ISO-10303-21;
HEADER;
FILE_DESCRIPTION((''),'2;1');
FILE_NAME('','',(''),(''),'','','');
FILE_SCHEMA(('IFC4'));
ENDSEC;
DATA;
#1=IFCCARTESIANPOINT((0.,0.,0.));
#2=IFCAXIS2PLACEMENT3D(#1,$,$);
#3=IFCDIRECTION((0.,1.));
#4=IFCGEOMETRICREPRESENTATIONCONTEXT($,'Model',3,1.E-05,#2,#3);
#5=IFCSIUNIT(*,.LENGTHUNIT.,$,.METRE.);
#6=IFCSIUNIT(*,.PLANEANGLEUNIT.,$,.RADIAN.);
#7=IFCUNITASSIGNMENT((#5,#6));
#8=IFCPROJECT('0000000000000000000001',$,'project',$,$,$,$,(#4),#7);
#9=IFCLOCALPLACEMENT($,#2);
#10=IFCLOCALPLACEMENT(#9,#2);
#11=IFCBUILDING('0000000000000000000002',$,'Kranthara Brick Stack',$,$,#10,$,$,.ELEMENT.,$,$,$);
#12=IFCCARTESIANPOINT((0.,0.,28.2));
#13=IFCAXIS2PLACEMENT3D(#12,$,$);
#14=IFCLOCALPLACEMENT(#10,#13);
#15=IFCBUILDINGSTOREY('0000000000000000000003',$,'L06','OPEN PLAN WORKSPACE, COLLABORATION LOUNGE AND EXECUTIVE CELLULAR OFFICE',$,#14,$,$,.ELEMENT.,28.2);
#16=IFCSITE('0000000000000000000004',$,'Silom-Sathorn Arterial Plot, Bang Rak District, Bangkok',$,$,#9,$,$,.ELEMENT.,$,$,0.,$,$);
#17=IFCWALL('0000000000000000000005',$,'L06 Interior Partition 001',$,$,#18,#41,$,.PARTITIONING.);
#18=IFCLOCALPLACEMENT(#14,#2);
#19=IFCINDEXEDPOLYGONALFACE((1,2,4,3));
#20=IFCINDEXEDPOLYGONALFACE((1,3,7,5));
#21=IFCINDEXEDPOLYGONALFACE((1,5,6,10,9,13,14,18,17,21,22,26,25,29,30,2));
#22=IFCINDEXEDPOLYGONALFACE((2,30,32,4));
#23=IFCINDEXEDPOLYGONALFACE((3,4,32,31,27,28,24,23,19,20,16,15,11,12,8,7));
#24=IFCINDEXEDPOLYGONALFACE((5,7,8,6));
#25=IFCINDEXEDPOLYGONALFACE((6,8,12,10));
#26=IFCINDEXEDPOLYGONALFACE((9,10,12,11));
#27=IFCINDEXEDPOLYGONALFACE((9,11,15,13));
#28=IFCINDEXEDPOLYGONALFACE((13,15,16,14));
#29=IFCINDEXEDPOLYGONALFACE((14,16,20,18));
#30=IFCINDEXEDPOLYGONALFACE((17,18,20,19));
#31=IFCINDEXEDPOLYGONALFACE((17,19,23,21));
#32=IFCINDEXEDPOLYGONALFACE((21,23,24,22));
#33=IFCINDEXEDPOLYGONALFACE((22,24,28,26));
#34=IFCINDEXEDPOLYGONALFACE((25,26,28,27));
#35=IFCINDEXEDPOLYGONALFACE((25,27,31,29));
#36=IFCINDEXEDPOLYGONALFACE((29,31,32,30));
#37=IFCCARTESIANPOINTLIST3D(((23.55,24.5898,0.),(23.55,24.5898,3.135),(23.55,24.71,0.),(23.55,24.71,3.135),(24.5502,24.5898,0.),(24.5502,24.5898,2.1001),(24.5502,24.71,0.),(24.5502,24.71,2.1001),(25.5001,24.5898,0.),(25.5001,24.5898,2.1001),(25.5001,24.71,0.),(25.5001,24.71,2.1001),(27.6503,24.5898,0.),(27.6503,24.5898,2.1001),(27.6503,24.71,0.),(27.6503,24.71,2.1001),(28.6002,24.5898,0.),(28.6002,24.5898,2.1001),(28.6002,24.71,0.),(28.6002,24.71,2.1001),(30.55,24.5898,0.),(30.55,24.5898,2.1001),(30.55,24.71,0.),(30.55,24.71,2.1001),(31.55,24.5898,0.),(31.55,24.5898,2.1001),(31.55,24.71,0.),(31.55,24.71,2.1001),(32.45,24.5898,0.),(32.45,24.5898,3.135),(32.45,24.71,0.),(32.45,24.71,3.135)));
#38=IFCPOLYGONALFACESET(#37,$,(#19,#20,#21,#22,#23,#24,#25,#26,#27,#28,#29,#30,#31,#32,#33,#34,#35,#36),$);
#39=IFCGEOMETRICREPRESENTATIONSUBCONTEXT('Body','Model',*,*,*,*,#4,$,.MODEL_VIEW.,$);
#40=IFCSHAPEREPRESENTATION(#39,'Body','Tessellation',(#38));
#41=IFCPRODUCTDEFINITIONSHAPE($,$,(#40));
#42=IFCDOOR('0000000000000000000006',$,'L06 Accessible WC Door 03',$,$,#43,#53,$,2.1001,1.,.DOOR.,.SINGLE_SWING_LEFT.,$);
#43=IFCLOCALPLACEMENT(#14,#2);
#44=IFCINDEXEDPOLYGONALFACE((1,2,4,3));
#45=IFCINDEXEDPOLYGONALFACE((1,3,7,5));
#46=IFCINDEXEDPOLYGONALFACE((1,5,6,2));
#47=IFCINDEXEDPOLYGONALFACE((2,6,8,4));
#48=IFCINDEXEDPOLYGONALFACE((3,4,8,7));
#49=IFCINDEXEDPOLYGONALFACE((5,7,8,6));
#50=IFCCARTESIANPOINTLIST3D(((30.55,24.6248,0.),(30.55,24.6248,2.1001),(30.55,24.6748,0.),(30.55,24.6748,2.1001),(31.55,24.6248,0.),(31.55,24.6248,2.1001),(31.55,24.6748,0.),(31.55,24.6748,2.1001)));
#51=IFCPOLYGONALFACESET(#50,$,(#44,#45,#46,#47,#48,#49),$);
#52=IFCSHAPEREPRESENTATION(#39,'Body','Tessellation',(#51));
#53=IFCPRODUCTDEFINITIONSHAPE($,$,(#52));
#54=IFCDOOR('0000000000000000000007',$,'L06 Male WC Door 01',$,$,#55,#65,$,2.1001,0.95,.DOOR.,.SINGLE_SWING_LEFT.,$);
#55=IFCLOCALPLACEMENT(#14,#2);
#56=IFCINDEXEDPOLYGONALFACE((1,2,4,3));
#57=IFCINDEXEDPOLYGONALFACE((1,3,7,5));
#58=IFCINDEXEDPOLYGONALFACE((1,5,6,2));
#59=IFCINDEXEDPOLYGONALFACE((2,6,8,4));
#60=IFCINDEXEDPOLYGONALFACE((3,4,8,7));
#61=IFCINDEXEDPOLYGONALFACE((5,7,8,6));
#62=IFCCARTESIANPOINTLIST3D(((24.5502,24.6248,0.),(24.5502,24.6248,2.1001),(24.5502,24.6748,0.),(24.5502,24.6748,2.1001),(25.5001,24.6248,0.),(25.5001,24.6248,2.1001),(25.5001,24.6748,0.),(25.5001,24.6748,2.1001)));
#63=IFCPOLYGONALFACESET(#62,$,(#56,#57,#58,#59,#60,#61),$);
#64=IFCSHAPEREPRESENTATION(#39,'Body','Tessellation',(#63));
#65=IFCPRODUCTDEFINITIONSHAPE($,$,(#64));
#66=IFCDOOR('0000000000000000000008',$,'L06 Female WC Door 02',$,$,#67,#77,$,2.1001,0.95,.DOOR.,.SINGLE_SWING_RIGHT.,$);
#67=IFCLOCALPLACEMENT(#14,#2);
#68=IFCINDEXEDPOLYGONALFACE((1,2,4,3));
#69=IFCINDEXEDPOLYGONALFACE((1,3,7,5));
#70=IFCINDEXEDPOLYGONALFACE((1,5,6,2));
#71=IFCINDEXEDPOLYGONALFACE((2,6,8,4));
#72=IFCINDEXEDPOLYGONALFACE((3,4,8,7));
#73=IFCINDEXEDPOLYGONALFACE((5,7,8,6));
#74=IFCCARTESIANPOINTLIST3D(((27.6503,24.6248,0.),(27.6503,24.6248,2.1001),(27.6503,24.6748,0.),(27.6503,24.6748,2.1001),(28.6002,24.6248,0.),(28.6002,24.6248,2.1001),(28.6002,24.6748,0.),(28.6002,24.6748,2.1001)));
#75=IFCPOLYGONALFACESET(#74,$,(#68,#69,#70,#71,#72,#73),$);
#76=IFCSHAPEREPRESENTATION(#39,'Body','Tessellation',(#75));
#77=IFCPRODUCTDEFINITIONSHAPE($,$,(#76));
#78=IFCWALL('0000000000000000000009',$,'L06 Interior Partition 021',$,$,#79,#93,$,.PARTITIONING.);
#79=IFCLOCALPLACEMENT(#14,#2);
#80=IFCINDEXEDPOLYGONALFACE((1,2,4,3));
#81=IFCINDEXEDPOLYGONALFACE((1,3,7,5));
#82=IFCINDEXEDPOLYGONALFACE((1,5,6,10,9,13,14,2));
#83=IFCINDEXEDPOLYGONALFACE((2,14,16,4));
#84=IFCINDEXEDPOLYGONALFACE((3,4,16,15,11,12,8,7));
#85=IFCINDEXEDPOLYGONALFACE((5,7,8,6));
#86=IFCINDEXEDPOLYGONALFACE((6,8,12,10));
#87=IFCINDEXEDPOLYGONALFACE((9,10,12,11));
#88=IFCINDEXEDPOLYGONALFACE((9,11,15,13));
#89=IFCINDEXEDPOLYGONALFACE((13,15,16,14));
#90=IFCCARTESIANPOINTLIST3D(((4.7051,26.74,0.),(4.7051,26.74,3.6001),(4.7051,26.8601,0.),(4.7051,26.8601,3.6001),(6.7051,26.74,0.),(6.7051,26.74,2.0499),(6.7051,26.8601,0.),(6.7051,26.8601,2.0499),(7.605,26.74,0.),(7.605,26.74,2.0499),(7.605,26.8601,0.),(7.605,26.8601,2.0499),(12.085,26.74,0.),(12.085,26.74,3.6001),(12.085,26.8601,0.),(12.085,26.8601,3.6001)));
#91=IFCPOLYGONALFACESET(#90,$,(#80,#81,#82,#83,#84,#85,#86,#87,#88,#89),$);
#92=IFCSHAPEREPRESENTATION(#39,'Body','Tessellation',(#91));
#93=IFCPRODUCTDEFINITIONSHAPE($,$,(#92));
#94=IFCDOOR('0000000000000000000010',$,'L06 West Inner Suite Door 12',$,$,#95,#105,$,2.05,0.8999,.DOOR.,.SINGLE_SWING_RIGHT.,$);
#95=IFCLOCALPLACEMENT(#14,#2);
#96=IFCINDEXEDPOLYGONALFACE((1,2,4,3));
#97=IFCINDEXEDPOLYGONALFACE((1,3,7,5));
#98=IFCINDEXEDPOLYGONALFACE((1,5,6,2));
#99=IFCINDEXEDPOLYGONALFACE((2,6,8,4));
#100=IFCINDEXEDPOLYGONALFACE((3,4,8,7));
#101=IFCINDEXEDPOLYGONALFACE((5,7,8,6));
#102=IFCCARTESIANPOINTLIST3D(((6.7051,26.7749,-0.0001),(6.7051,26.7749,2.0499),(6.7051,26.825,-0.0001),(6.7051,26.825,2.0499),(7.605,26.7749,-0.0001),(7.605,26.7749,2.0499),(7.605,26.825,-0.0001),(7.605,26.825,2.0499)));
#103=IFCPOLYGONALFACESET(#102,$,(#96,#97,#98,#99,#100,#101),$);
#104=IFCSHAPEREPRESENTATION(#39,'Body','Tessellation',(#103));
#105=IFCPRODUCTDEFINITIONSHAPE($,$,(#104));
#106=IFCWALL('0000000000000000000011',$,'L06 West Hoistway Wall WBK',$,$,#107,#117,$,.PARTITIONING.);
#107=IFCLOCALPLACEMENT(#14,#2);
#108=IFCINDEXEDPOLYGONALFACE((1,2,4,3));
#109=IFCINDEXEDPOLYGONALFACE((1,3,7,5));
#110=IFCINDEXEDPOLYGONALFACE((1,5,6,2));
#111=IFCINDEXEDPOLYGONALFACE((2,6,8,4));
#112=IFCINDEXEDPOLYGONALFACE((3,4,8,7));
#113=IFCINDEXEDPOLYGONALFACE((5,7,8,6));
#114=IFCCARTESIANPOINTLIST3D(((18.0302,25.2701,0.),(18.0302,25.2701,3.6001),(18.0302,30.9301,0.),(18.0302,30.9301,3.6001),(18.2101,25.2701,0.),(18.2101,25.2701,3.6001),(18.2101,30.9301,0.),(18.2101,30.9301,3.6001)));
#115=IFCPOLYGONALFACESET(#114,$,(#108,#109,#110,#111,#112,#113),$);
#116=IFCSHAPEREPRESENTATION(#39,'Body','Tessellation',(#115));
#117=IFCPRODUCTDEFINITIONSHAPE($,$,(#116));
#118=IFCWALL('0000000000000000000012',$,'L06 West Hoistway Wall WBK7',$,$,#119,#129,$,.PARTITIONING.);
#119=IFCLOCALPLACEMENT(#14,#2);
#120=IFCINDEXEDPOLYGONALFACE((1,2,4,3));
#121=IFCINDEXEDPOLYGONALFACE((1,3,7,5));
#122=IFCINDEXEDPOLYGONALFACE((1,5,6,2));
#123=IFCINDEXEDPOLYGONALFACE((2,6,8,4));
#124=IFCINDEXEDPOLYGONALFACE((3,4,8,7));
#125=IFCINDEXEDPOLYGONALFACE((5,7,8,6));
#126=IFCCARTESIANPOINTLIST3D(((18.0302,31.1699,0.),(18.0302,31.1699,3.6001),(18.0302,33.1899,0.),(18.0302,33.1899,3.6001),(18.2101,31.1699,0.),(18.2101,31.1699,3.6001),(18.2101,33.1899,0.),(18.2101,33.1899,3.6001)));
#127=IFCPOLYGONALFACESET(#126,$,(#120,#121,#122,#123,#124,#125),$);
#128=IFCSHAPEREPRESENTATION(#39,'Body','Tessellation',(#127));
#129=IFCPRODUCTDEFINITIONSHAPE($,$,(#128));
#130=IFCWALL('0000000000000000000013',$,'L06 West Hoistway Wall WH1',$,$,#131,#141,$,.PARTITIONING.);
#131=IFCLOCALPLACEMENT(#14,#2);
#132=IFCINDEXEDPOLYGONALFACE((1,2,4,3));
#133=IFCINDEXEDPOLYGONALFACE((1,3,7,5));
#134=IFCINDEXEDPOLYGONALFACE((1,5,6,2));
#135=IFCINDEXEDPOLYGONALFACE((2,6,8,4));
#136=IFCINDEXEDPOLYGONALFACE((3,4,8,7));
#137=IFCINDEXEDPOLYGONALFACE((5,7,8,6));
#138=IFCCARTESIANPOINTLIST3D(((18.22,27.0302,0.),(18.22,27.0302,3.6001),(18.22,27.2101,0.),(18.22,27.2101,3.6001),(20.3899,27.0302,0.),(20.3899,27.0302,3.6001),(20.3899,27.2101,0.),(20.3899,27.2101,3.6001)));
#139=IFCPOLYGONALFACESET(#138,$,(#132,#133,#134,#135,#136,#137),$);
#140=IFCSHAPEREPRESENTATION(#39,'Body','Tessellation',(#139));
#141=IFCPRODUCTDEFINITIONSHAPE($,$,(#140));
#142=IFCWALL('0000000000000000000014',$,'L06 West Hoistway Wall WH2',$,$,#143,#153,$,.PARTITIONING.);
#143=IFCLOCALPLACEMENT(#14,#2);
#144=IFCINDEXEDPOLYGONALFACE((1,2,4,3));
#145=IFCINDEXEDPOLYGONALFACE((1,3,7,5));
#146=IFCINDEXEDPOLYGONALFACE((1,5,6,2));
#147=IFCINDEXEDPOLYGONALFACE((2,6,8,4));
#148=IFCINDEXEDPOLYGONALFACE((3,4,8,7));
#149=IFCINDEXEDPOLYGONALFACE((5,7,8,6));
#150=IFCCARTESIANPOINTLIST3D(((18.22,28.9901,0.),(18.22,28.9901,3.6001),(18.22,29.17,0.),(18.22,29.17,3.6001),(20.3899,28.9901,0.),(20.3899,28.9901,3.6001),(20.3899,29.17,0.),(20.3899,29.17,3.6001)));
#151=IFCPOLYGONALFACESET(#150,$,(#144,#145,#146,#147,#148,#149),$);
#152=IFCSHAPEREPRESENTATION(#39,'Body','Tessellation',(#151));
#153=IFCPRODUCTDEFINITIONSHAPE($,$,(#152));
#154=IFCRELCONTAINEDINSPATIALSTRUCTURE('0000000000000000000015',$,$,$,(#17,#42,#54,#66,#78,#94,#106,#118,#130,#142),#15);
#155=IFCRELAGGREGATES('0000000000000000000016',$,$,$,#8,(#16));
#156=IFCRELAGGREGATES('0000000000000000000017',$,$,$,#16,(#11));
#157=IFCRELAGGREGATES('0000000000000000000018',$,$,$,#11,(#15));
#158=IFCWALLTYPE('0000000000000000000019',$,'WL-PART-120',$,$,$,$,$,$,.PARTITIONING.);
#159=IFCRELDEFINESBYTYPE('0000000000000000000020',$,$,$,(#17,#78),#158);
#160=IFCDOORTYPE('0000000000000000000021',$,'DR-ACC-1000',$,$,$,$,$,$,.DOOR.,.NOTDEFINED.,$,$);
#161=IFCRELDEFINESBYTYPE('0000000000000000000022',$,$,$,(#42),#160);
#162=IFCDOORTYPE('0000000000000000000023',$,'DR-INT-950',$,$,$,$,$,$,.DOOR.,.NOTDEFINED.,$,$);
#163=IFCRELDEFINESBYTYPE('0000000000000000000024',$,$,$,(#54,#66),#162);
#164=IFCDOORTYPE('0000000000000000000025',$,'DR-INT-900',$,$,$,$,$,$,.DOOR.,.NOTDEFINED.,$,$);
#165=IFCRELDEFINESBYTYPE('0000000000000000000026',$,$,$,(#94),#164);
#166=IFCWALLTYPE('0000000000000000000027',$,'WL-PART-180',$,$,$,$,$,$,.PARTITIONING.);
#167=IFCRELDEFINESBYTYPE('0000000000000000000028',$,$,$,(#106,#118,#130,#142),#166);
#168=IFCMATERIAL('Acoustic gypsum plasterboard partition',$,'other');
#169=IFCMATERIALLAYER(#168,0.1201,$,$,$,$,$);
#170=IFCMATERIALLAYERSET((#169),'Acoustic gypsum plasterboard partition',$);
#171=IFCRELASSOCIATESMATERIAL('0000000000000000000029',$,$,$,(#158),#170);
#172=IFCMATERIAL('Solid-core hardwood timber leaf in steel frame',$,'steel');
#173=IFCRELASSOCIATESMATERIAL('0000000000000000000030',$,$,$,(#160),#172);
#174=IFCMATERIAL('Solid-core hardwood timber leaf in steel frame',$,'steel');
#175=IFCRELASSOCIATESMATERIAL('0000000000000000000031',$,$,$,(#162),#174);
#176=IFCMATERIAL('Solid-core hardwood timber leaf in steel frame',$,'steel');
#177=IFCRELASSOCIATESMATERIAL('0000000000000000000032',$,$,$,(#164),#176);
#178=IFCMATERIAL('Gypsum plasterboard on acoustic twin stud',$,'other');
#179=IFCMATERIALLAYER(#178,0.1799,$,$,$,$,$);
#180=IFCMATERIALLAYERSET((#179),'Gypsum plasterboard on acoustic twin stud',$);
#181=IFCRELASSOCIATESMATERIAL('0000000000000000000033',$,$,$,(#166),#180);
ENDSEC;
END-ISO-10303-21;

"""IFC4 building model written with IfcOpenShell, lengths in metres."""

from ifc_helpers import new_model, si_unit, direction, frame, frame_2d, origin, place, context, subcontext, project, spatial, rectangle, extrude, material, layer, layer_set, type_object, element, fill, save


model = new_model("IFC4")

# Units and contexts
model_context = context("Model", 3, precision=1e-05, world=origin(), true_north=direction((0.0, 1.0)))
body_context = subcontext(model_context, "Body", "Model", "MODEL_VIEW")
ifc_project = project(units=[si_unit("LENGTHUNIT", "METRE"), si_unit("PLANEANGLEUNIT", "RADIAN")], contexts=[model_context])

# Site, building, storey
site_placement = place(None, origin())
site = spatial("IfcSite", under=ifc_project, at=site_placement, Name="Silom-Sathorn Arterial Plot, Bang Rak District, Bangkok", CompositionType="ELEMENT", RefElevation=0.0)
building_placement = place(site_placement, origin())
building = spatial("IfcBuilding", under=site, at=building_placement, Name="Kranthara Brick Stack", CompositionType="ELEMENT")
storey_placement = place(building_placement, frame((0.0, 0.0, 28.2)))
storey = spatial("IfcBuildingStorey", under=building, at=storey_placement, Name="L06", Description="OPEN PLAN WORKSPACE, COLLABORATION LOUNGE AND EXECUTIVE CELLULAR OFFICE", CompositionType="ELEMENT", Elevation=28.2)

# Wall, openings, doors
ifc_material_1 = material(Name="Acoustic gypsum plasterboard partition", Category="other")
ifc_layer_1 = layer(ifc_material_1, 0.1201)
ifc_layer_set_1 = layer_set([ifc_layer_1], Name="Acoustic gypsum plasterboard partition")
wall_type_1 = type_object("IfcWallType", Name="WL-PART-120", PredefinedType="PARTITIONING", material=ifc_layer_set_1)
wall_1_placement = place(storey_placement, frame((23.55, 24.6499, 0.0), z_axis=(0.0, 0.0, 1.0), x_axis=(1.0, 0.0, 0.0)))
wall_1 = element("IfcWall", 1, at=wall_1_placement, inside=storey, type_object=wall_type_1, Name="L06 Interior Partition 001", PredefinedType="PARTITIONING", context=body_context, shape_type="SweptSolid", body=[
    extrude(rectangle(XDim=8.8999, YDim=0.1201, at=frame_2d((4.45, 0.0))), origin(), (0.0, 0.0, 1.0), 3.135),
])
opening_1_placement = place(wall_1_placement, frame((1.0, 0.0, 0.0)))
opening_1 = element("IfcOpeningElement", 2, at=opening_1_placement, cuts=wall_1, PredefinedType="OPENING", context=body_context, shape_type="SweptSolid", body=[
    extrude(rectangle(XDim=0.95, YDim=2.1001, at=frame_2d((0.4751, 1.05))), frame((0.0, 0.0701, 0.0), z_axis=(0.0, -1.0, 0.0), x_axis=(1.0, 0.0, 0.0)), (0.0, 0.0, 1.0), 0.1401),
])
opening_2_placement = place(wall_1_placement, frame((4.1001, 0.0, 0.0)))
opening_2 = element("IfcOpeningElement", 3, at=opening_2_placement, cuts=wall_1, PredefinedType="OPENING", context=body_context, shape_type="SweptSolid", body=[
    extrude(rectangle(XDim=0.95, YDim=2.1001, at=frame_2d((0.4751, 1.05))), frame((0.0, 0.0701, 0.0), z_axis=(0.0, -1.0, 0.0), x_axis=(1.0, 0.0, 0.0)), (0.0, 0.0, 1.0), 0.1401),
])
opening_3_placement = place(wall_1_placement, frame((7.0, 0.0, 0.0)))
opening_3 = element("IfcOpeningElement", 4, at=opening_3_placement, cuts=wall_1, PredefinedType="OPENING", context=body_context, shape_type="SweptSolid", body=[
    extrude(rectangle(XDim=1.0, YDim=2.1001, at=frame_2d((0.5, 1.05))), frame((0.0, 0.0701, 0.0), z_axis=(0.0, -1.0, 0.0), x_axis=(1.0, 0.0, 0.0)), (0.0, 0.0, 1.0), 0.1401),
])
ifc_material_2 = material(Name="Solid-core hardwood timber leaf in steel frame", Category="steel")
door_type_1 = type_object("IfcDoorType", Name="DR-ACC-1000", OperationType="NOTDEFINED", PredefinedType="DOOR", material=ifc_material_2)
door_1_placement = place(opening_3_placement, origin())
door_1 = element("IfcDoor", 5, at=door_1_placement, inside=storey, type_object=door_type_1, Name="L06 Accessible WC Door 03", OperationType="SINGLE_SWING_LEFT", OverallHeight=2.1001, OverallWidth=1.0, PredefinedType="DOOR", context=body_context, shape_type="SweptSolid", body=[
    extrude(rectangle(XDim=1.0, YDim=2.1001, at=frame_2d((0.5, 1.05))), frame((0.0, 0.0249, 0.0), z_axis=(0.0, -1.0, 0.0), x_axis=(1.0, 0.0, 0.0)), (0.0, 0.0, 1.0), 0.05),
])
fill(opening_3, door_1)
ifc_material_3 = material(Name="Solid-core hardwood timber leaf in steel frame", Category="steel")
door_type_2 = type_object("IfcDoorType", Name="DR-INT-950", OperationType="NOTDEFINED", PredefinedType="DOOR", material=ifc_material_3)
door_2_placement = place(opening_1_placement, origin())
door_2 = element("IfcDoor", 6, at=door_2_placement, inside=storey, type_object=door_type_2, Name="L06 Male WC Door 01", OperationType="SINGLE_SWING_LEFT", OverallHeight=2.1001, OverallWidth=0.95, PredefinedType="DOOR", context=body_context, shape_type="SweptSolid", body=[
    extrude(rectangle(XDim=0.95, YDim=2.1001, at=frame_2d((0.4751, 1.05))), frame((0.0, 0.0249, 0.0), z_axis=(0.0, -1.0, 0.0), x_axis=(1.0, 0.0, 0.0)), (0.0, 0.0, 1.0), 0.05),
])
fill(opening_1, door_2)
door_3_placement = place(opening_2_placement, origin())
door_3 = element("IfcDoor", 7, at=door_3_placement, inside=storey, type_object=door_type_2, Name="L06 Female WC Door 02", OperationType="SINGLE_SWING_RIGHT", OverallHeight=2.1001, OverallWidth=0.95, PredefinedType="DOOR", context=body_context, shape_type="SweptSolid", body=[
    extrude(rectangle(XDim=0.95, YDim=2.1001, at=frame_2d((0.4751, 1.05))), frame((0.0, 0.0249, 0.0), z_axis=(0.0, -1.0, 0.0), x_axis=(1.0, 0.0, 0.0)), (0.0, 0.0, 1.0), 0.05),
])
fill(opening_2, door_3)

# Wall, opening, door
wall_2_placement = place(storey_placement, frame((4.7051, 26.8, 0.0), z_axis=(0.0, 0.0, 1.0), x_axis=(1.0, 0.0, 0.0)))
wall_2 = element("IfcWall", 8, at=wall_2_placement, inside=storey, type_object=wall_type_1, Name="L06 Interior Partition 021", PredefinedType="PARTITIONING", context=body_context, shape_type="SweptSolid", body=[
    extrude(rectangle(XDim=7.3799, YDim=0.1201, at=frame_2d((3.6899, 0.0))), origin(), (0.0, 0.0, 1.0), 3.6001),
])
opening_4_placement = place(wall_2_placement, frame((2.0, 0.0, 0.0)))
opening_4 = element("IfcOpeningElement", 9, at=opening_4_placement, cuts=wall_2, PredefinedType="OPENING", context=body_context, shape_type="SweptSolid", body=[
    extrude(rectangle(XDim=0.8999, YDim=2.05, at=frame_2d((0.45, 1.0249))), frame((0.0, 0.0701, 0.0), z_axis=(0.0, -1.0, 0.0), x_axis=(1.0, 0.0, 0.0)), (0.0, 0.0, 1.0), 0.1401),
])
ifc_material_4 = material(Name="Solid-core hardwood timber leaf in steel frame", Category="steel")
door_type_3 = type_object("IfcDoorType", Name="DR-INT-900", OperationType="NOTDEFINED", PredefinedType="DOOR", material=ifc_material_4)
door_4_placement = place(opening_4_placement, origin())
door_4 = element("IfcDoor", 10, at=door_4_placement, inside=storey, type_object=door_type_3, Name="L06 West Inner Suite Door 12", OperationType="SINGLE_SWING_RIGHT", OverallHeight=2.05, OverallWidth=0.8999, PredefinedType="DOOR", context=body_context, shape_type="SweptSolid", body=[
    extrude(rectangle(XDim=0.8999, YDim=2.05, at=frame_2d((0.45, 1.0249))), frame((0.0, 0.0249, 0.0), z_axis=(0.0, -1.0, 0.0), x_axis=(1.0, 0.0, 0.0)), (0.0, 0.0, 1.0), 0.05),
])
fill(opening_4, door_4)

# Walls
ifc_material_5 = material(Name="Gypsum plasterboard on acoustic twin stud", Category="other")
ifc_layer_2 = layer(ifc_material_5, 0.1799)
ifc_layer_set_2 = layer_set([ifc_layer_2], Name="Gypsum plasterboard on acoustic twin stud")
wall_type_2 = type_object("IfcWallType", Name="WL-PART-180", PredefinedType="PARTITIONING", material=ifc_layer_set_2)
wall_3_placement = place(storey_placement, frame((18.1201, 25.27, 0.0), z_axis=(0.0, 0.0, 1.0), x_axis=(0.0, 1.0, 0.0)))
element("IfcWall", 11, at=wall_3_placement, inside=storey, type_object=wall_type_2, Name="L06 West Hoistway Wall WBK", PredefinedType="PARTITIONING", context=body_context, shape_type="SweptSolid", body=[
    extrude(rectangle(XDim=5.6599, YDim=0.1799, at=frame_2d((2.8301, 0.0))), origin(), (0.0, 0.0, 1.0), 3.6001),
])
wall_4_placement = place(storey_placement, frame((18.1201, 31.1699, 0.0), z_axis=(0.0, 0.0, 1.0), x_axis=(0.0, 1.0, 0.0)))
element("IfcWall", 12, at=wall_4_placement, inside=storey, type_object=wall_type_2, Name="L06 West Hoistway Wall WBK7", PredefinedType="PARTITIONING", context=body_context, shape_type="SweptSolid", body=[
    extrude(rectangle(XDim=2.02, YDim=0.1799, at=frame_2d((1.01, 0.0))), origin(), (0.0, 0.0, 1.0), 3.6001),
])
for number, where, z_axis, x_axis, name in (
    (13, (18.22, 27.1201, 0.0), (0.0, 0.0, 1.0), (1.0, 0.0, 0.0), "L06 West Hoistway Wall WH1"),
    (14, (18.22, 29.0801, 0.0), (0.0, 0.0, 1.0), (1.0, 0.0, 0.0), "L06 West Hoistway Wall WH2"),
):
    element("IfcWall", number, at=place(storey_placement, frame(where, z_axis=z_axis, x_axis=x_axis)), inside=storey, type_object=wall_type_2, Name=name, PredefinedType="PARTITIONING", context=body_context, shape_type="SweptSolid", body=[
        extrude(rectangle(XDim=2.1699, YDim=0.1799, at=frame_2d((1.085, 0.0))), origin(), (0.0, 0.0, 1.0), 3.6001),
    ])

save(model, "model.ifc")
